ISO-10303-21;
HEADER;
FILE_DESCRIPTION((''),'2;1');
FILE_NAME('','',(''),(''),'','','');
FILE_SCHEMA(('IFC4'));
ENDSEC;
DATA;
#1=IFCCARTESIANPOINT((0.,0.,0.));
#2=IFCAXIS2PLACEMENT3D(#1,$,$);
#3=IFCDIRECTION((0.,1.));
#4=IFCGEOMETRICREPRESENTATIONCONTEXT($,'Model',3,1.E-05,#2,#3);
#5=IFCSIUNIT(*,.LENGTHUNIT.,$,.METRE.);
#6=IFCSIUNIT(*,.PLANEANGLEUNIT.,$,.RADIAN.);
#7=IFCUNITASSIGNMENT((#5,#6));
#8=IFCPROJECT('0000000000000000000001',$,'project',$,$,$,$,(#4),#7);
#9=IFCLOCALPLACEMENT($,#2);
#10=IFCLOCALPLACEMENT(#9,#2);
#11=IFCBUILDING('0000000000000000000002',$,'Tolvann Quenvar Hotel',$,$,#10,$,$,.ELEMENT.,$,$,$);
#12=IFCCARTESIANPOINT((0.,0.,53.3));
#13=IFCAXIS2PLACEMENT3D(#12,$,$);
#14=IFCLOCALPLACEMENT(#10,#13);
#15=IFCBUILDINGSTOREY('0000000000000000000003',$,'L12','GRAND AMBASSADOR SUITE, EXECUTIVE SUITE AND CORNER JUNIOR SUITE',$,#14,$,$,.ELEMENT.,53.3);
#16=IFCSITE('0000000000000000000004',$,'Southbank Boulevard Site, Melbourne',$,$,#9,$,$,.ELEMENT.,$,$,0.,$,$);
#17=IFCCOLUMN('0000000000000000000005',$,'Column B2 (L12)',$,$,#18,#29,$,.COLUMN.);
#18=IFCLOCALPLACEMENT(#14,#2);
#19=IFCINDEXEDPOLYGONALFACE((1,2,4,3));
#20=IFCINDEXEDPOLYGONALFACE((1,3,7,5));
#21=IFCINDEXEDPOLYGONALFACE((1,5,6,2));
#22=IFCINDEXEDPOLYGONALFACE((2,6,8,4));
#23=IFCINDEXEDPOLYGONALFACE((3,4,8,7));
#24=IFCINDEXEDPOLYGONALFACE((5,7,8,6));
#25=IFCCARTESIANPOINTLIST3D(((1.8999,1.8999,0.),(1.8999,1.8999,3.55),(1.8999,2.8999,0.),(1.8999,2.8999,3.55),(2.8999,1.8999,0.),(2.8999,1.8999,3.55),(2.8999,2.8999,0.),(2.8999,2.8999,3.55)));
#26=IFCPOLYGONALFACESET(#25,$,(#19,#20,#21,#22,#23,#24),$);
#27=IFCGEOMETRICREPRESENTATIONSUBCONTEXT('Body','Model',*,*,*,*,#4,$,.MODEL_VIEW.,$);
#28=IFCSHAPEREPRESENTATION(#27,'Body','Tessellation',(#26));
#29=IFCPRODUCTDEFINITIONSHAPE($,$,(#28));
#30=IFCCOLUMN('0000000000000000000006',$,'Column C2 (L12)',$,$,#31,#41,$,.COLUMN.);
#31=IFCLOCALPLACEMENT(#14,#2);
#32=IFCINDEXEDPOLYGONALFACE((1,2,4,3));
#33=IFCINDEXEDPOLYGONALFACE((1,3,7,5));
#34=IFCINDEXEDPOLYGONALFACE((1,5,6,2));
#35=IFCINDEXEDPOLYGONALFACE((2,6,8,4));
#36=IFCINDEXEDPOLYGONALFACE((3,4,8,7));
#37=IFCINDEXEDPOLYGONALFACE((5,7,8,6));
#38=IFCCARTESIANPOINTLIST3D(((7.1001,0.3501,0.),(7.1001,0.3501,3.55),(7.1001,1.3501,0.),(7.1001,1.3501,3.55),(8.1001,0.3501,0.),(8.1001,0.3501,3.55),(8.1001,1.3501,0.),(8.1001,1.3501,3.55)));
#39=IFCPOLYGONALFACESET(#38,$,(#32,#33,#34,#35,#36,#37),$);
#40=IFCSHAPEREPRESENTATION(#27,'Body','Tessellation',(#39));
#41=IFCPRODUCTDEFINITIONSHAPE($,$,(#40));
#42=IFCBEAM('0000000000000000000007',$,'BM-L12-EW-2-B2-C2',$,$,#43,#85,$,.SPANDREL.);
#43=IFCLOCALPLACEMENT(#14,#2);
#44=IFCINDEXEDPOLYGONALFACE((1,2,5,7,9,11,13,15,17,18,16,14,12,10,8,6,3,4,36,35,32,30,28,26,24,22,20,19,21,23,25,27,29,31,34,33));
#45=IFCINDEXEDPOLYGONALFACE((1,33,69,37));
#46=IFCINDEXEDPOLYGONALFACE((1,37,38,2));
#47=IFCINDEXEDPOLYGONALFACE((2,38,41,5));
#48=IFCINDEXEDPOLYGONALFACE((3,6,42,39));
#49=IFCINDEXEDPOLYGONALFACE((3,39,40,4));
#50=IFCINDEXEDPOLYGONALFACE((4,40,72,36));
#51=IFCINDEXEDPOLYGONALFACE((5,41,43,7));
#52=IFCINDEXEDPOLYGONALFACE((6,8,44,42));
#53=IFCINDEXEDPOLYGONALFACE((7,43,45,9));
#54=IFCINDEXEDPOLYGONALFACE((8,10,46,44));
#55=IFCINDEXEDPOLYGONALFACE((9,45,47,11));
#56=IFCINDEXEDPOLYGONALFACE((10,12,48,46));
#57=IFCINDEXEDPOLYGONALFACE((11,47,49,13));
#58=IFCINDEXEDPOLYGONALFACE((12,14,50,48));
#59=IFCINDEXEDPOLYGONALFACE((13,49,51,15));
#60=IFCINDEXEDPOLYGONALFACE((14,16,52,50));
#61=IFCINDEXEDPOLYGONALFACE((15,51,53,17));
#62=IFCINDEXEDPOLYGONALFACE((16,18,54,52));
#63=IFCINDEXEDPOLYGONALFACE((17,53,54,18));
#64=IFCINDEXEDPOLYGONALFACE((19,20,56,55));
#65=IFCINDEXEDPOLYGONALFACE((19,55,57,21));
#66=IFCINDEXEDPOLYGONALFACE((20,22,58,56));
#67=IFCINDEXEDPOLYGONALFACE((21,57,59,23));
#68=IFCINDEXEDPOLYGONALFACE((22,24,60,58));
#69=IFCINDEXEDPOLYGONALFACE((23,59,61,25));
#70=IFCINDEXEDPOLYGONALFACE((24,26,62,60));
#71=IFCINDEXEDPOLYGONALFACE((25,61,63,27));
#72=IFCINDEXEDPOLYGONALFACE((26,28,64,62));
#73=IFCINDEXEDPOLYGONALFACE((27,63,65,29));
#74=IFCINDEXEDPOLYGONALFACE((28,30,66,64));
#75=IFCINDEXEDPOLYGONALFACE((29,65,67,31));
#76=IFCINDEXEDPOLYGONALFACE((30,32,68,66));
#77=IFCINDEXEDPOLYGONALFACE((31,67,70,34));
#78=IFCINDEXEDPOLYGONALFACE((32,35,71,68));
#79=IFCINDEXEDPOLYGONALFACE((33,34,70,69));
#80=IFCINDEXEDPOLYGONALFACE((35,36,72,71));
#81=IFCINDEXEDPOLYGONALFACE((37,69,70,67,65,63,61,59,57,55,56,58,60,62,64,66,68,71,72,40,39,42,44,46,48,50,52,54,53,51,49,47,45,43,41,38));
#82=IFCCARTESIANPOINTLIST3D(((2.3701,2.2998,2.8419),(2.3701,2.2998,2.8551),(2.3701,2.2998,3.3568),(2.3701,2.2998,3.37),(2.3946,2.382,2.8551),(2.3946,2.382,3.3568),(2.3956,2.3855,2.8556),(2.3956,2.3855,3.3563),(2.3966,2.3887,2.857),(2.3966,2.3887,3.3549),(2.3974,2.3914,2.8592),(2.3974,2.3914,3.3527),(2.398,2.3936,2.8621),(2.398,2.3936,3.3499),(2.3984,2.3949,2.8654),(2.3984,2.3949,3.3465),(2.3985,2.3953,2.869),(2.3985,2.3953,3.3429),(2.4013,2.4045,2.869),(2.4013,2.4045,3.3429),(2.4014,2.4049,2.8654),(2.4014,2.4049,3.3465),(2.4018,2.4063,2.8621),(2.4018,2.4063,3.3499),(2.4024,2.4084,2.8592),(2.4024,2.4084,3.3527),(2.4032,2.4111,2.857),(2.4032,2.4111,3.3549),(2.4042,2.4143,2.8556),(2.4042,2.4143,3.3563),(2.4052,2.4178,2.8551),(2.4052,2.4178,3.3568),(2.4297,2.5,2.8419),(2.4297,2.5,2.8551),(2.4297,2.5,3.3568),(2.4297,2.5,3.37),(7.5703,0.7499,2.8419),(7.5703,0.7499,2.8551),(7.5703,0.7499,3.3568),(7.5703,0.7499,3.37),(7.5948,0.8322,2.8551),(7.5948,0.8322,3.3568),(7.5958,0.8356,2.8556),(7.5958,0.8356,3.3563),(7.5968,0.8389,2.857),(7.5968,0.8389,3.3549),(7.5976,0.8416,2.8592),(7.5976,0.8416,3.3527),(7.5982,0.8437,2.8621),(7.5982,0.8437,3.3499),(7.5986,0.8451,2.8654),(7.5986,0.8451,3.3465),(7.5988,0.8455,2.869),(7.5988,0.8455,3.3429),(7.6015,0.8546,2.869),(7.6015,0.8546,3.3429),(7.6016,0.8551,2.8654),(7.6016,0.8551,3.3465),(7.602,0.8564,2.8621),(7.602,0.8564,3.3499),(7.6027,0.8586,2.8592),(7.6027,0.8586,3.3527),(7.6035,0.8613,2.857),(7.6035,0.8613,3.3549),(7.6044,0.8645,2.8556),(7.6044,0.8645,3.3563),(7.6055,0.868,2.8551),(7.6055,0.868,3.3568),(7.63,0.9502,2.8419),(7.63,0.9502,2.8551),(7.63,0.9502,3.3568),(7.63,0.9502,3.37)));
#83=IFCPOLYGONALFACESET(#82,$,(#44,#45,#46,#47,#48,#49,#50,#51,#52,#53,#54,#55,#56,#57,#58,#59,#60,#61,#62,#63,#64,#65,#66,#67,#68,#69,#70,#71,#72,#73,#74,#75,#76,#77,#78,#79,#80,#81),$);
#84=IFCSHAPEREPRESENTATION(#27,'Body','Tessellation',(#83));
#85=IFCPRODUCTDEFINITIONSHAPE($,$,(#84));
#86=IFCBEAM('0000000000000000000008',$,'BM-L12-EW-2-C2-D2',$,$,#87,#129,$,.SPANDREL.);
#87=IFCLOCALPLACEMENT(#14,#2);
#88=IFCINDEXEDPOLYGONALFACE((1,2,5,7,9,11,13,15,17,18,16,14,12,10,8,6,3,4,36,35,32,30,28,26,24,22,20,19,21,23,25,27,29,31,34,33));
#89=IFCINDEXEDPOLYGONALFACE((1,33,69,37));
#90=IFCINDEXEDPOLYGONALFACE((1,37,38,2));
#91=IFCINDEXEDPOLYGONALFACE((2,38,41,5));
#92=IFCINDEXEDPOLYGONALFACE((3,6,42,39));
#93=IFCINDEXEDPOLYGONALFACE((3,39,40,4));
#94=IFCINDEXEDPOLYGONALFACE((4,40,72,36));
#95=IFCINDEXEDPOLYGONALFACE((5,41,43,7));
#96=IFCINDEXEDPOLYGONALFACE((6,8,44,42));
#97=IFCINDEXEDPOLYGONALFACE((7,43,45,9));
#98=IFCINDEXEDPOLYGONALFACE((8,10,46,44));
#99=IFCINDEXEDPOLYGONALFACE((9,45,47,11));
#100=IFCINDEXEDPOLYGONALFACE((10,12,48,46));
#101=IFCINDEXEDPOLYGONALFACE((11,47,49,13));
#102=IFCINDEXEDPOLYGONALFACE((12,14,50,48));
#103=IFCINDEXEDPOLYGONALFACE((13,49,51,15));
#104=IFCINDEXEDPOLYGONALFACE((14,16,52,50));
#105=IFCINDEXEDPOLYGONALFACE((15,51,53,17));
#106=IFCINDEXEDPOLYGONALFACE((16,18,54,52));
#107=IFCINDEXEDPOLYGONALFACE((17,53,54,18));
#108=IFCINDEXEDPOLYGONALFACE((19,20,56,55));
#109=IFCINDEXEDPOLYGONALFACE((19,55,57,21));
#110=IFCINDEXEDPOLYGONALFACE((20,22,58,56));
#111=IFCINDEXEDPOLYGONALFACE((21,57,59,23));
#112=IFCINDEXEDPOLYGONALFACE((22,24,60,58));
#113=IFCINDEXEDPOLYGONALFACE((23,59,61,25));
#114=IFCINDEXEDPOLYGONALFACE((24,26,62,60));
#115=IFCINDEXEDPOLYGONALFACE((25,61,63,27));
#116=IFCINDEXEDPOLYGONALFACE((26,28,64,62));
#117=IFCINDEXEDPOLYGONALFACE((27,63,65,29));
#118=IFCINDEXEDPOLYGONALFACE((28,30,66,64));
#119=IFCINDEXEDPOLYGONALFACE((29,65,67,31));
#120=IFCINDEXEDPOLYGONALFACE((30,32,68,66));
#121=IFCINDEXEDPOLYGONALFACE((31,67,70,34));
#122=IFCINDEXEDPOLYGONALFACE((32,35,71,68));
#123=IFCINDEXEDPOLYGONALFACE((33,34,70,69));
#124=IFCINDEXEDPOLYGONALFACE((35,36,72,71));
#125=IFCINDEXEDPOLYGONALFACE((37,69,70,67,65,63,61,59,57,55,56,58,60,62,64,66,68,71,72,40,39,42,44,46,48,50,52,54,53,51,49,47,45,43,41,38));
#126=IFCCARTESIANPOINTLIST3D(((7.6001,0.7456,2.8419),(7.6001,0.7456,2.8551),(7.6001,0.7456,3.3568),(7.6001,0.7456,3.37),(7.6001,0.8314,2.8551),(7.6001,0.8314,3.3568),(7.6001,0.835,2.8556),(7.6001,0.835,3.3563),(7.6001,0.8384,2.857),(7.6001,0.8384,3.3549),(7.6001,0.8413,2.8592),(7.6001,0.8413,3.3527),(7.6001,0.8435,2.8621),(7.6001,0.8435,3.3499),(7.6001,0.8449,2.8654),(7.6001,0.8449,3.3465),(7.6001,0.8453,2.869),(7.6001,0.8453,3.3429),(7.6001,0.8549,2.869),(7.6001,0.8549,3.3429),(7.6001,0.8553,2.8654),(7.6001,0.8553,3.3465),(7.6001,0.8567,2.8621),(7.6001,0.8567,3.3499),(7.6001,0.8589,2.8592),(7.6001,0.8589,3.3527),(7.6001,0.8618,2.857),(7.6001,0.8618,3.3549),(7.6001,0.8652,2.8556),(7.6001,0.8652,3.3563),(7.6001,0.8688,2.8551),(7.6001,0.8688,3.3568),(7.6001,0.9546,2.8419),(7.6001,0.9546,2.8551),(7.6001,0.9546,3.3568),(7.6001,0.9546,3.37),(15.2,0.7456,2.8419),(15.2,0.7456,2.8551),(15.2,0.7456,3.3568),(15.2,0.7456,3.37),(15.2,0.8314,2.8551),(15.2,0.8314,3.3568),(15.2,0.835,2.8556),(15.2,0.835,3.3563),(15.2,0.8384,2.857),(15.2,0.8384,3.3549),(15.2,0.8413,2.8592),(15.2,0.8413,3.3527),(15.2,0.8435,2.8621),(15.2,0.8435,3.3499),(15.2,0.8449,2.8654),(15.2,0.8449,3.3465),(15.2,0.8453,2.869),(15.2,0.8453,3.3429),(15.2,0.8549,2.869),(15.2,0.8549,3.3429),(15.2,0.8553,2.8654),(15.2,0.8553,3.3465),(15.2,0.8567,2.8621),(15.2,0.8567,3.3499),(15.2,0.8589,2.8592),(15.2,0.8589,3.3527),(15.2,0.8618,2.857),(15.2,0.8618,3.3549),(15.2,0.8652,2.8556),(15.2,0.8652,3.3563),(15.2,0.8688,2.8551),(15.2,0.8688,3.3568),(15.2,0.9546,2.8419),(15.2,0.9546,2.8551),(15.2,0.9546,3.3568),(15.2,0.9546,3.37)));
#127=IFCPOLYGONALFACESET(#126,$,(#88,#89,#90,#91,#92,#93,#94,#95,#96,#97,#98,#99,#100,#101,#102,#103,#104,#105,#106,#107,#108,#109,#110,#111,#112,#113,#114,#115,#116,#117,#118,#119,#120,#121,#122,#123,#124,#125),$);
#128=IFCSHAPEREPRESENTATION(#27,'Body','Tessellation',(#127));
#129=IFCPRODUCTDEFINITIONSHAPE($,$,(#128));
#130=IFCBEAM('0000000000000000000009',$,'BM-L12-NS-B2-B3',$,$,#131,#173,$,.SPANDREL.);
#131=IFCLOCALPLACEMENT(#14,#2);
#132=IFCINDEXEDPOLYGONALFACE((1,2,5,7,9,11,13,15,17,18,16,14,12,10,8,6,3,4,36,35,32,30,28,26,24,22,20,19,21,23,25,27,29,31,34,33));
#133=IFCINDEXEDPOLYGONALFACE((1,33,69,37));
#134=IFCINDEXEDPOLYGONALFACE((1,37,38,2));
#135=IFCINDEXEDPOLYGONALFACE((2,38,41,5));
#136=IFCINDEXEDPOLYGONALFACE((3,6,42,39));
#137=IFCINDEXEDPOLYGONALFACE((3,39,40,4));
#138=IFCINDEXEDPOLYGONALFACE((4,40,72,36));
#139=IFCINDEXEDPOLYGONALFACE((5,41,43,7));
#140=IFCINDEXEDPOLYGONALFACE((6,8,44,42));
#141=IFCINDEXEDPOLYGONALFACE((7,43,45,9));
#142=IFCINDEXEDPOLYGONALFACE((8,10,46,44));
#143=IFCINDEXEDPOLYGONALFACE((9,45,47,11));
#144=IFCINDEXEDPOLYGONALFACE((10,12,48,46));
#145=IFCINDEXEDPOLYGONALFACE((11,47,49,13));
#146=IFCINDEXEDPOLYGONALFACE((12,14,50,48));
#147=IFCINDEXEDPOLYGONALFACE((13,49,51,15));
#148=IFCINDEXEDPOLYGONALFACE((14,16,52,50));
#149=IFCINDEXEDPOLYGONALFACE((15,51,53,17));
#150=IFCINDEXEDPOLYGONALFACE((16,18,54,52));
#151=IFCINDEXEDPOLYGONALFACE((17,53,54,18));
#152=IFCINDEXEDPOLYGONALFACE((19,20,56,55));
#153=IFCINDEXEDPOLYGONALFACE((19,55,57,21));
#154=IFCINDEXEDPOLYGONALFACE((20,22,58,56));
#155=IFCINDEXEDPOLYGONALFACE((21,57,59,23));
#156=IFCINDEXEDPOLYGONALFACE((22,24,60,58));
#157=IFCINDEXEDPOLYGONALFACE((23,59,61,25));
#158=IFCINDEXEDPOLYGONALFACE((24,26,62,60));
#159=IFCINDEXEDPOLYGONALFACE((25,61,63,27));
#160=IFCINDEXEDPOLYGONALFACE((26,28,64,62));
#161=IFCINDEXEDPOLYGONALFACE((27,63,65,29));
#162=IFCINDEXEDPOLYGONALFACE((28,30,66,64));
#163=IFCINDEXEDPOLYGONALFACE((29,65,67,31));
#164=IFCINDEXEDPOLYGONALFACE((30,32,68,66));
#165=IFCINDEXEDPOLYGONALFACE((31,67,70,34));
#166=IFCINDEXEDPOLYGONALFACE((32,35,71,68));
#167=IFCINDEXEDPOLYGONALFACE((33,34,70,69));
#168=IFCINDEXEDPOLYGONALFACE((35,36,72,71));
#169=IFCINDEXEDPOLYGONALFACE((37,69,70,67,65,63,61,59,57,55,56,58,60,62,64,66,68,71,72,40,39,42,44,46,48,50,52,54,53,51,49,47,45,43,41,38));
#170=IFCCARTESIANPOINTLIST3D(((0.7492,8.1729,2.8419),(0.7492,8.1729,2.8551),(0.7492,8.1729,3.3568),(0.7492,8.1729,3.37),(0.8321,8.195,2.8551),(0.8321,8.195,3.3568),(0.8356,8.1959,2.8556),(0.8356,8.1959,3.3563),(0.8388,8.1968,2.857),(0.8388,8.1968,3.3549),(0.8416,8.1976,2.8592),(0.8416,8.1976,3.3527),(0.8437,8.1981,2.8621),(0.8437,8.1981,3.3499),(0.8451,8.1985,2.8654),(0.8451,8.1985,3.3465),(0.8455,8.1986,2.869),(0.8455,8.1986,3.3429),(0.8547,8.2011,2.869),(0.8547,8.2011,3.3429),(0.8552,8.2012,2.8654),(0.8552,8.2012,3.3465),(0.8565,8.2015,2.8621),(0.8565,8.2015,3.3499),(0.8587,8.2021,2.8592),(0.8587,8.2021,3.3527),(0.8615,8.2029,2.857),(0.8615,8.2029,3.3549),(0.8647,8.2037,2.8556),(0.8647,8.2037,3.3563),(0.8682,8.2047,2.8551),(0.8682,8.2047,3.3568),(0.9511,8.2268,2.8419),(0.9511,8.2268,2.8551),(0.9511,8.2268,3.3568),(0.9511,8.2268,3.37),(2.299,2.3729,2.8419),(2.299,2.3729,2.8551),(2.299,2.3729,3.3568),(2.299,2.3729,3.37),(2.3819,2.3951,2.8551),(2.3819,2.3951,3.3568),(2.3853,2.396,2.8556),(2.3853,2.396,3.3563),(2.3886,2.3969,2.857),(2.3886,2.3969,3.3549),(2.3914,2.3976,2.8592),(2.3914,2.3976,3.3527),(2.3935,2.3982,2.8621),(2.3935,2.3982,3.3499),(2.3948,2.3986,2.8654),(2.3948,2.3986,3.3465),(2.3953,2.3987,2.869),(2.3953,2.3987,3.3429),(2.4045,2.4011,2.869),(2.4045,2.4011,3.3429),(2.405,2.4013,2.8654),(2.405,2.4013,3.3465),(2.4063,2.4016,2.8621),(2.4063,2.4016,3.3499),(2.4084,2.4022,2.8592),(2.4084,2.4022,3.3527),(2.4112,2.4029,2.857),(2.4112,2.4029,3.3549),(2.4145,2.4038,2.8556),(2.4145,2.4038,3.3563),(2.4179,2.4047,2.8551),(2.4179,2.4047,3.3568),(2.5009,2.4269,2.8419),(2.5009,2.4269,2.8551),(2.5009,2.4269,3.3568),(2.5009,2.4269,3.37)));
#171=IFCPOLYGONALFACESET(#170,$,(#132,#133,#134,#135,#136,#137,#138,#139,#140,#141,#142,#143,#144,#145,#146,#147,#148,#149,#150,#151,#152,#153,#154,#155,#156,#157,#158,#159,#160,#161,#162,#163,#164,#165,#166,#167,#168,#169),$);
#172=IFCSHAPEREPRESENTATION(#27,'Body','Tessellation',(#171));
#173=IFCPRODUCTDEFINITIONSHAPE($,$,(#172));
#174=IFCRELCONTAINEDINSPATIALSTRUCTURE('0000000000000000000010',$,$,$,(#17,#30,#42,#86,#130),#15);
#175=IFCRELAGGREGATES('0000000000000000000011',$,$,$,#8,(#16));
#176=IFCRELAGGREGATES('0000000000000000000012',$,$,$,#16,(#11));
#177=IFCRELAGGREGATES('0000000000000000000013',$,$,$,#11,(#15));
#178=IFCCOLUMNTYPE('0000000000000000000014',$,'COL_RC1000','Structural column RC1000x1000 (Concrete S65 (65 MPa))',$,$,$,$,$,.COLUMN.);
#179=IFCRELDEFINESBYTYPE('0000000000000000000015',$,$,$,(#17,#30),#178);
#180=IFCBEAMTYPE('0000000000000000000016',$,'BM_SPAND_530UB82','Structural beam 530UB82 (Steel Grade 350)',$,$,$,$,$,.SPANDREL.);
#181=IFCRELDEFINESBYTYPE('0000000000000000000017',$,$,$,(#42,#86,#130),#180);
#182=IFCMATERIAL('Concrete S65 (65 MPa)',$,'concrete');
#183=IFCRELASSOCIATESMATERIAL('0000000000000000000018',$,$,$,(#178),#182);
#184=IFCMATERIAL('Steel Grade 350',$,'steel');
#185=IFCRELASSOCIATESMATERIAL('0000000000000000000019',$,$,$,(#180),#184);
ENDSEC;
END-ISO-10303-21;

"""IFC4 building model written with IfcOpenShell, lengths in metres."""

from ifc_helpers import new_model, si_unit, direction, frame, origin, origin_2d, place, context, subcontext, project, spatial, rectangle, i_section, extrude, source, transform, mapped, material, material_profile, profile_set, type_object, type_shapes, element, save


model = new_model("IFC4")

# Units and contexts
model_context = context("Model", 3, precision=1e-05, world=origin(), true_north=direction((0.0, 1.0)))
body_context = subcontext(model_context, "Body", "Model", "MODEL_VIEW")
ifc_project = project(units=[si_unit("LENGTHUNIT", "METRE"), si_unit("PLANEANGLEUNIT", "RADIAN")], contexts=[model_context])

# Site, building, storey
site_placement = place(None, origin())
site = spatial("IfcSite", under=ifc_project, at=site_placement, Name="Southbank Boulevard Site, Melbourne", CompositionType="ELEMENT", RefElevation=0.0)
building_placement = place(site_placement, origin())
building = spatial("IfcBuilding", under=site, at=building_placement, Name="Tolvann Quenvar Hotel", CompositionType="ELEMENT")
storey_placement = place(building_placement, frame((0.0, 0.0, 53.3)))
storey = spatial("IfcBuildingStorey", under=building, at=storey_placement, Name="L12", Description="GRAND AMBASSADOR SUITE, EXECUTIVE SUITE AND CORNER JUNIOR SUITE", CompositionType="ELEMENT", Elevation=53.3)

# Columns
ifc_material_1 = material(Name="Concrete S65 (65 MPa)", Category="concrete")
ifc_material_profile_1 = material_profile(ifc_material_1, rectangle(XDim=1.0, YDim=1.0, at=origin_2d()), Name="RC1000x1000")
ifc_profile_set_1 = profile_set([ifc_material_profile_1], Name="Concrete S65 (65 MPa)")
column_type = type_object("IfcColumnType", Name="COL_RC1000", Description="Structural column RC1000x1000 (Concrete S65 (65 MPa))", PredefinedType="COLUMN", material=ifc_profile_set_1)
shared_shape_1 = source(origin(), body_context, "Body", "SweptSolid", [
    extrude(rectangle(XDim=1.0, YDim=1.0, at=origin_2d()), origin(), (0.0, 0.0, 1.0), 3.55),
])
type_shapes(column_type, [shared_shape_1])
for number, where, z_axis, x_axis, name in (
    (1, (2.3999, 2.3999, 0.0), (0.0, 0.0, 1.0), (1.0, 0.0, 0.0), "Column B2 (L12)"),
    (2, (7.6001, 0.8501, 0.0), (0.0, 0.0, 1.0), (1.0, 0.0, 0.0), "Column C2 (L12)"),
):
    element("IfcColumn", number, at=place(storey_placement, frame(where, z_axis=z_axis, x_axis=x_axis)), inside=storey, type_object=column_type, Name=name, PredefinedType="COLUMN", context=body_context, shape_type="MappedRepresentation", body=[
        mapped(shared_shape_1, transform((0.0, 0.0, 0.0), x_axis=(1.0, 0.0, 0.0), y_axis=(0.0, 1.0, 0.0), z_axis=(0.0, 0.0, 1.0), scale=1.0)),
    ])

# Beams
ifc_material_2 = material(Name="Steel Grade 350", Category="steel")
ifc_material_profile_2 = material_profile(ifc_material_2, i_section(OverallWidth=0.209, OverallDepth=0.5281, WebThickness=0.0095, FlangeThickness=0.0132, FilletRadius=0.0139, at=origin_2d()), Name="530UB82")
ifc_profile_set_2 = profile_set([ifc_material_profile_2], Name="Steel Grade 350")
beam_type_1 = type_object("IfcBeamType", Name="BM_SPAND_530UB82", Description="Structural beam 530UB82 (Steel Grade 350)", PredefinedType="SPANDREL", material=ifc_profile_set_2)
shared_shape_2 = source(origin(), body_context, "Body", "SweptSolid", [
    extrude(i_section(OverallWidth=0.209, OverallDepth=0.5281, WebThickness=0.0095, FlangeThickness=0.0132, FilletRadius=0.0139, at=origin_2d()), origin(), (0.0, 0.0, 1.0), 5.4263),
])
beam_1_placement = place(storey_placement, frame((2.3999, 2.3999, 3.106), z_axis=(0.958345, -0.285614, 0.0), x_axis=(0.285614, 0.958345, 0.0)))
element("IfcBeam", 3, at=beam_1_placement, inside=storey, type_object=beam_type_1, Name="BM-L12-EW-2-B2-C2", PredefinedType="SPANDREL", context=body_context, shape_type="MappedRepresentation", body=[
    mapped(shared_shape_2, transform((0.0, 0.0, 0.0), x_axis=(1.0, 0.0, 0.0), y_axis=(0.0, 1.0, 0.0), z_axis=(0.0, 0.0, 1.0), scale=1.0)),
])
shared_shape_3 = source(origin(), body_context, "Body", "SweptSolid", [
    extrude(i_section(OverallWidth=0.209, OverallDepth=0.5281, WebThickness=0.0095, FlangeThickness=0.0132, FilletRadius=0.0139, at=origin_2d()), origin(), (0.0, 0.0, 1.0), 7.5999),
])
beam_2_placement = place(storey_placement, frame((7.6001, 0.8501, 3.106), z_axis=(1.0, 0.0, 0.0), x_axis=(0.0, 1.0, 0.0)))
element("IfcBeam", 4, at=beam_2_placement, inside=storey, type_object=beam_type_1, Name="BM-L12-EW-2-C2-D2", PredefinedType="SPANDREL", context=body_context, shape_type="MappedRepresentation", body=[
    mapped(shared_shape_3, transform((0.0, 0.0, 0.0), x_axis=(1.0, 0.0, 0.0), y_axis=(0.0, 1.0, 0.0), z_axis=(0.0, 0.0, 1.0), scale=1.0)),
])
shared_shape_4 = source(origin(), body_context, "Body", "SweptSolid", [
    extrude(i_section(OverallWidth=0.209, OverallDepth=0.5281, WebThickness=0.0095, FlangeThickness=0.0132, FilletRadius=0.0139, at=origin_2d()), origin(), (0.0, 0.0, 1.0), 6.0034),
])
type_shapes(beam_type_1, [shared_shape_2, shared_shape_3, shared_shape_4])
beam_3_placement = place(storey_placement, frame((2.3999, 2.3999, 3.106), z_axis=(-0.258149, 0.966105, 0.0), x_axis=(-0.966105, -0.258149, 0.0)))
element("IfcBeam", 5, at=beam_3_placement, inside=storey, type_object=beam_type_1, Name="BM-L12-NS-B2-B3", PredefinedType="SPANDREL", context=body_context, shape_type="MappedRepresentation", body=[
    mapped(shared_shape_4, transform((0.0, 0.0, 0.0), x_axis=(1.0, 0.0, 0.0), y_axis=(0.0, 1.0, 0.0), z_axis=(0.0, 0.0, 1.0), scale=1.0)),
])

save(model, "model.ifc")
